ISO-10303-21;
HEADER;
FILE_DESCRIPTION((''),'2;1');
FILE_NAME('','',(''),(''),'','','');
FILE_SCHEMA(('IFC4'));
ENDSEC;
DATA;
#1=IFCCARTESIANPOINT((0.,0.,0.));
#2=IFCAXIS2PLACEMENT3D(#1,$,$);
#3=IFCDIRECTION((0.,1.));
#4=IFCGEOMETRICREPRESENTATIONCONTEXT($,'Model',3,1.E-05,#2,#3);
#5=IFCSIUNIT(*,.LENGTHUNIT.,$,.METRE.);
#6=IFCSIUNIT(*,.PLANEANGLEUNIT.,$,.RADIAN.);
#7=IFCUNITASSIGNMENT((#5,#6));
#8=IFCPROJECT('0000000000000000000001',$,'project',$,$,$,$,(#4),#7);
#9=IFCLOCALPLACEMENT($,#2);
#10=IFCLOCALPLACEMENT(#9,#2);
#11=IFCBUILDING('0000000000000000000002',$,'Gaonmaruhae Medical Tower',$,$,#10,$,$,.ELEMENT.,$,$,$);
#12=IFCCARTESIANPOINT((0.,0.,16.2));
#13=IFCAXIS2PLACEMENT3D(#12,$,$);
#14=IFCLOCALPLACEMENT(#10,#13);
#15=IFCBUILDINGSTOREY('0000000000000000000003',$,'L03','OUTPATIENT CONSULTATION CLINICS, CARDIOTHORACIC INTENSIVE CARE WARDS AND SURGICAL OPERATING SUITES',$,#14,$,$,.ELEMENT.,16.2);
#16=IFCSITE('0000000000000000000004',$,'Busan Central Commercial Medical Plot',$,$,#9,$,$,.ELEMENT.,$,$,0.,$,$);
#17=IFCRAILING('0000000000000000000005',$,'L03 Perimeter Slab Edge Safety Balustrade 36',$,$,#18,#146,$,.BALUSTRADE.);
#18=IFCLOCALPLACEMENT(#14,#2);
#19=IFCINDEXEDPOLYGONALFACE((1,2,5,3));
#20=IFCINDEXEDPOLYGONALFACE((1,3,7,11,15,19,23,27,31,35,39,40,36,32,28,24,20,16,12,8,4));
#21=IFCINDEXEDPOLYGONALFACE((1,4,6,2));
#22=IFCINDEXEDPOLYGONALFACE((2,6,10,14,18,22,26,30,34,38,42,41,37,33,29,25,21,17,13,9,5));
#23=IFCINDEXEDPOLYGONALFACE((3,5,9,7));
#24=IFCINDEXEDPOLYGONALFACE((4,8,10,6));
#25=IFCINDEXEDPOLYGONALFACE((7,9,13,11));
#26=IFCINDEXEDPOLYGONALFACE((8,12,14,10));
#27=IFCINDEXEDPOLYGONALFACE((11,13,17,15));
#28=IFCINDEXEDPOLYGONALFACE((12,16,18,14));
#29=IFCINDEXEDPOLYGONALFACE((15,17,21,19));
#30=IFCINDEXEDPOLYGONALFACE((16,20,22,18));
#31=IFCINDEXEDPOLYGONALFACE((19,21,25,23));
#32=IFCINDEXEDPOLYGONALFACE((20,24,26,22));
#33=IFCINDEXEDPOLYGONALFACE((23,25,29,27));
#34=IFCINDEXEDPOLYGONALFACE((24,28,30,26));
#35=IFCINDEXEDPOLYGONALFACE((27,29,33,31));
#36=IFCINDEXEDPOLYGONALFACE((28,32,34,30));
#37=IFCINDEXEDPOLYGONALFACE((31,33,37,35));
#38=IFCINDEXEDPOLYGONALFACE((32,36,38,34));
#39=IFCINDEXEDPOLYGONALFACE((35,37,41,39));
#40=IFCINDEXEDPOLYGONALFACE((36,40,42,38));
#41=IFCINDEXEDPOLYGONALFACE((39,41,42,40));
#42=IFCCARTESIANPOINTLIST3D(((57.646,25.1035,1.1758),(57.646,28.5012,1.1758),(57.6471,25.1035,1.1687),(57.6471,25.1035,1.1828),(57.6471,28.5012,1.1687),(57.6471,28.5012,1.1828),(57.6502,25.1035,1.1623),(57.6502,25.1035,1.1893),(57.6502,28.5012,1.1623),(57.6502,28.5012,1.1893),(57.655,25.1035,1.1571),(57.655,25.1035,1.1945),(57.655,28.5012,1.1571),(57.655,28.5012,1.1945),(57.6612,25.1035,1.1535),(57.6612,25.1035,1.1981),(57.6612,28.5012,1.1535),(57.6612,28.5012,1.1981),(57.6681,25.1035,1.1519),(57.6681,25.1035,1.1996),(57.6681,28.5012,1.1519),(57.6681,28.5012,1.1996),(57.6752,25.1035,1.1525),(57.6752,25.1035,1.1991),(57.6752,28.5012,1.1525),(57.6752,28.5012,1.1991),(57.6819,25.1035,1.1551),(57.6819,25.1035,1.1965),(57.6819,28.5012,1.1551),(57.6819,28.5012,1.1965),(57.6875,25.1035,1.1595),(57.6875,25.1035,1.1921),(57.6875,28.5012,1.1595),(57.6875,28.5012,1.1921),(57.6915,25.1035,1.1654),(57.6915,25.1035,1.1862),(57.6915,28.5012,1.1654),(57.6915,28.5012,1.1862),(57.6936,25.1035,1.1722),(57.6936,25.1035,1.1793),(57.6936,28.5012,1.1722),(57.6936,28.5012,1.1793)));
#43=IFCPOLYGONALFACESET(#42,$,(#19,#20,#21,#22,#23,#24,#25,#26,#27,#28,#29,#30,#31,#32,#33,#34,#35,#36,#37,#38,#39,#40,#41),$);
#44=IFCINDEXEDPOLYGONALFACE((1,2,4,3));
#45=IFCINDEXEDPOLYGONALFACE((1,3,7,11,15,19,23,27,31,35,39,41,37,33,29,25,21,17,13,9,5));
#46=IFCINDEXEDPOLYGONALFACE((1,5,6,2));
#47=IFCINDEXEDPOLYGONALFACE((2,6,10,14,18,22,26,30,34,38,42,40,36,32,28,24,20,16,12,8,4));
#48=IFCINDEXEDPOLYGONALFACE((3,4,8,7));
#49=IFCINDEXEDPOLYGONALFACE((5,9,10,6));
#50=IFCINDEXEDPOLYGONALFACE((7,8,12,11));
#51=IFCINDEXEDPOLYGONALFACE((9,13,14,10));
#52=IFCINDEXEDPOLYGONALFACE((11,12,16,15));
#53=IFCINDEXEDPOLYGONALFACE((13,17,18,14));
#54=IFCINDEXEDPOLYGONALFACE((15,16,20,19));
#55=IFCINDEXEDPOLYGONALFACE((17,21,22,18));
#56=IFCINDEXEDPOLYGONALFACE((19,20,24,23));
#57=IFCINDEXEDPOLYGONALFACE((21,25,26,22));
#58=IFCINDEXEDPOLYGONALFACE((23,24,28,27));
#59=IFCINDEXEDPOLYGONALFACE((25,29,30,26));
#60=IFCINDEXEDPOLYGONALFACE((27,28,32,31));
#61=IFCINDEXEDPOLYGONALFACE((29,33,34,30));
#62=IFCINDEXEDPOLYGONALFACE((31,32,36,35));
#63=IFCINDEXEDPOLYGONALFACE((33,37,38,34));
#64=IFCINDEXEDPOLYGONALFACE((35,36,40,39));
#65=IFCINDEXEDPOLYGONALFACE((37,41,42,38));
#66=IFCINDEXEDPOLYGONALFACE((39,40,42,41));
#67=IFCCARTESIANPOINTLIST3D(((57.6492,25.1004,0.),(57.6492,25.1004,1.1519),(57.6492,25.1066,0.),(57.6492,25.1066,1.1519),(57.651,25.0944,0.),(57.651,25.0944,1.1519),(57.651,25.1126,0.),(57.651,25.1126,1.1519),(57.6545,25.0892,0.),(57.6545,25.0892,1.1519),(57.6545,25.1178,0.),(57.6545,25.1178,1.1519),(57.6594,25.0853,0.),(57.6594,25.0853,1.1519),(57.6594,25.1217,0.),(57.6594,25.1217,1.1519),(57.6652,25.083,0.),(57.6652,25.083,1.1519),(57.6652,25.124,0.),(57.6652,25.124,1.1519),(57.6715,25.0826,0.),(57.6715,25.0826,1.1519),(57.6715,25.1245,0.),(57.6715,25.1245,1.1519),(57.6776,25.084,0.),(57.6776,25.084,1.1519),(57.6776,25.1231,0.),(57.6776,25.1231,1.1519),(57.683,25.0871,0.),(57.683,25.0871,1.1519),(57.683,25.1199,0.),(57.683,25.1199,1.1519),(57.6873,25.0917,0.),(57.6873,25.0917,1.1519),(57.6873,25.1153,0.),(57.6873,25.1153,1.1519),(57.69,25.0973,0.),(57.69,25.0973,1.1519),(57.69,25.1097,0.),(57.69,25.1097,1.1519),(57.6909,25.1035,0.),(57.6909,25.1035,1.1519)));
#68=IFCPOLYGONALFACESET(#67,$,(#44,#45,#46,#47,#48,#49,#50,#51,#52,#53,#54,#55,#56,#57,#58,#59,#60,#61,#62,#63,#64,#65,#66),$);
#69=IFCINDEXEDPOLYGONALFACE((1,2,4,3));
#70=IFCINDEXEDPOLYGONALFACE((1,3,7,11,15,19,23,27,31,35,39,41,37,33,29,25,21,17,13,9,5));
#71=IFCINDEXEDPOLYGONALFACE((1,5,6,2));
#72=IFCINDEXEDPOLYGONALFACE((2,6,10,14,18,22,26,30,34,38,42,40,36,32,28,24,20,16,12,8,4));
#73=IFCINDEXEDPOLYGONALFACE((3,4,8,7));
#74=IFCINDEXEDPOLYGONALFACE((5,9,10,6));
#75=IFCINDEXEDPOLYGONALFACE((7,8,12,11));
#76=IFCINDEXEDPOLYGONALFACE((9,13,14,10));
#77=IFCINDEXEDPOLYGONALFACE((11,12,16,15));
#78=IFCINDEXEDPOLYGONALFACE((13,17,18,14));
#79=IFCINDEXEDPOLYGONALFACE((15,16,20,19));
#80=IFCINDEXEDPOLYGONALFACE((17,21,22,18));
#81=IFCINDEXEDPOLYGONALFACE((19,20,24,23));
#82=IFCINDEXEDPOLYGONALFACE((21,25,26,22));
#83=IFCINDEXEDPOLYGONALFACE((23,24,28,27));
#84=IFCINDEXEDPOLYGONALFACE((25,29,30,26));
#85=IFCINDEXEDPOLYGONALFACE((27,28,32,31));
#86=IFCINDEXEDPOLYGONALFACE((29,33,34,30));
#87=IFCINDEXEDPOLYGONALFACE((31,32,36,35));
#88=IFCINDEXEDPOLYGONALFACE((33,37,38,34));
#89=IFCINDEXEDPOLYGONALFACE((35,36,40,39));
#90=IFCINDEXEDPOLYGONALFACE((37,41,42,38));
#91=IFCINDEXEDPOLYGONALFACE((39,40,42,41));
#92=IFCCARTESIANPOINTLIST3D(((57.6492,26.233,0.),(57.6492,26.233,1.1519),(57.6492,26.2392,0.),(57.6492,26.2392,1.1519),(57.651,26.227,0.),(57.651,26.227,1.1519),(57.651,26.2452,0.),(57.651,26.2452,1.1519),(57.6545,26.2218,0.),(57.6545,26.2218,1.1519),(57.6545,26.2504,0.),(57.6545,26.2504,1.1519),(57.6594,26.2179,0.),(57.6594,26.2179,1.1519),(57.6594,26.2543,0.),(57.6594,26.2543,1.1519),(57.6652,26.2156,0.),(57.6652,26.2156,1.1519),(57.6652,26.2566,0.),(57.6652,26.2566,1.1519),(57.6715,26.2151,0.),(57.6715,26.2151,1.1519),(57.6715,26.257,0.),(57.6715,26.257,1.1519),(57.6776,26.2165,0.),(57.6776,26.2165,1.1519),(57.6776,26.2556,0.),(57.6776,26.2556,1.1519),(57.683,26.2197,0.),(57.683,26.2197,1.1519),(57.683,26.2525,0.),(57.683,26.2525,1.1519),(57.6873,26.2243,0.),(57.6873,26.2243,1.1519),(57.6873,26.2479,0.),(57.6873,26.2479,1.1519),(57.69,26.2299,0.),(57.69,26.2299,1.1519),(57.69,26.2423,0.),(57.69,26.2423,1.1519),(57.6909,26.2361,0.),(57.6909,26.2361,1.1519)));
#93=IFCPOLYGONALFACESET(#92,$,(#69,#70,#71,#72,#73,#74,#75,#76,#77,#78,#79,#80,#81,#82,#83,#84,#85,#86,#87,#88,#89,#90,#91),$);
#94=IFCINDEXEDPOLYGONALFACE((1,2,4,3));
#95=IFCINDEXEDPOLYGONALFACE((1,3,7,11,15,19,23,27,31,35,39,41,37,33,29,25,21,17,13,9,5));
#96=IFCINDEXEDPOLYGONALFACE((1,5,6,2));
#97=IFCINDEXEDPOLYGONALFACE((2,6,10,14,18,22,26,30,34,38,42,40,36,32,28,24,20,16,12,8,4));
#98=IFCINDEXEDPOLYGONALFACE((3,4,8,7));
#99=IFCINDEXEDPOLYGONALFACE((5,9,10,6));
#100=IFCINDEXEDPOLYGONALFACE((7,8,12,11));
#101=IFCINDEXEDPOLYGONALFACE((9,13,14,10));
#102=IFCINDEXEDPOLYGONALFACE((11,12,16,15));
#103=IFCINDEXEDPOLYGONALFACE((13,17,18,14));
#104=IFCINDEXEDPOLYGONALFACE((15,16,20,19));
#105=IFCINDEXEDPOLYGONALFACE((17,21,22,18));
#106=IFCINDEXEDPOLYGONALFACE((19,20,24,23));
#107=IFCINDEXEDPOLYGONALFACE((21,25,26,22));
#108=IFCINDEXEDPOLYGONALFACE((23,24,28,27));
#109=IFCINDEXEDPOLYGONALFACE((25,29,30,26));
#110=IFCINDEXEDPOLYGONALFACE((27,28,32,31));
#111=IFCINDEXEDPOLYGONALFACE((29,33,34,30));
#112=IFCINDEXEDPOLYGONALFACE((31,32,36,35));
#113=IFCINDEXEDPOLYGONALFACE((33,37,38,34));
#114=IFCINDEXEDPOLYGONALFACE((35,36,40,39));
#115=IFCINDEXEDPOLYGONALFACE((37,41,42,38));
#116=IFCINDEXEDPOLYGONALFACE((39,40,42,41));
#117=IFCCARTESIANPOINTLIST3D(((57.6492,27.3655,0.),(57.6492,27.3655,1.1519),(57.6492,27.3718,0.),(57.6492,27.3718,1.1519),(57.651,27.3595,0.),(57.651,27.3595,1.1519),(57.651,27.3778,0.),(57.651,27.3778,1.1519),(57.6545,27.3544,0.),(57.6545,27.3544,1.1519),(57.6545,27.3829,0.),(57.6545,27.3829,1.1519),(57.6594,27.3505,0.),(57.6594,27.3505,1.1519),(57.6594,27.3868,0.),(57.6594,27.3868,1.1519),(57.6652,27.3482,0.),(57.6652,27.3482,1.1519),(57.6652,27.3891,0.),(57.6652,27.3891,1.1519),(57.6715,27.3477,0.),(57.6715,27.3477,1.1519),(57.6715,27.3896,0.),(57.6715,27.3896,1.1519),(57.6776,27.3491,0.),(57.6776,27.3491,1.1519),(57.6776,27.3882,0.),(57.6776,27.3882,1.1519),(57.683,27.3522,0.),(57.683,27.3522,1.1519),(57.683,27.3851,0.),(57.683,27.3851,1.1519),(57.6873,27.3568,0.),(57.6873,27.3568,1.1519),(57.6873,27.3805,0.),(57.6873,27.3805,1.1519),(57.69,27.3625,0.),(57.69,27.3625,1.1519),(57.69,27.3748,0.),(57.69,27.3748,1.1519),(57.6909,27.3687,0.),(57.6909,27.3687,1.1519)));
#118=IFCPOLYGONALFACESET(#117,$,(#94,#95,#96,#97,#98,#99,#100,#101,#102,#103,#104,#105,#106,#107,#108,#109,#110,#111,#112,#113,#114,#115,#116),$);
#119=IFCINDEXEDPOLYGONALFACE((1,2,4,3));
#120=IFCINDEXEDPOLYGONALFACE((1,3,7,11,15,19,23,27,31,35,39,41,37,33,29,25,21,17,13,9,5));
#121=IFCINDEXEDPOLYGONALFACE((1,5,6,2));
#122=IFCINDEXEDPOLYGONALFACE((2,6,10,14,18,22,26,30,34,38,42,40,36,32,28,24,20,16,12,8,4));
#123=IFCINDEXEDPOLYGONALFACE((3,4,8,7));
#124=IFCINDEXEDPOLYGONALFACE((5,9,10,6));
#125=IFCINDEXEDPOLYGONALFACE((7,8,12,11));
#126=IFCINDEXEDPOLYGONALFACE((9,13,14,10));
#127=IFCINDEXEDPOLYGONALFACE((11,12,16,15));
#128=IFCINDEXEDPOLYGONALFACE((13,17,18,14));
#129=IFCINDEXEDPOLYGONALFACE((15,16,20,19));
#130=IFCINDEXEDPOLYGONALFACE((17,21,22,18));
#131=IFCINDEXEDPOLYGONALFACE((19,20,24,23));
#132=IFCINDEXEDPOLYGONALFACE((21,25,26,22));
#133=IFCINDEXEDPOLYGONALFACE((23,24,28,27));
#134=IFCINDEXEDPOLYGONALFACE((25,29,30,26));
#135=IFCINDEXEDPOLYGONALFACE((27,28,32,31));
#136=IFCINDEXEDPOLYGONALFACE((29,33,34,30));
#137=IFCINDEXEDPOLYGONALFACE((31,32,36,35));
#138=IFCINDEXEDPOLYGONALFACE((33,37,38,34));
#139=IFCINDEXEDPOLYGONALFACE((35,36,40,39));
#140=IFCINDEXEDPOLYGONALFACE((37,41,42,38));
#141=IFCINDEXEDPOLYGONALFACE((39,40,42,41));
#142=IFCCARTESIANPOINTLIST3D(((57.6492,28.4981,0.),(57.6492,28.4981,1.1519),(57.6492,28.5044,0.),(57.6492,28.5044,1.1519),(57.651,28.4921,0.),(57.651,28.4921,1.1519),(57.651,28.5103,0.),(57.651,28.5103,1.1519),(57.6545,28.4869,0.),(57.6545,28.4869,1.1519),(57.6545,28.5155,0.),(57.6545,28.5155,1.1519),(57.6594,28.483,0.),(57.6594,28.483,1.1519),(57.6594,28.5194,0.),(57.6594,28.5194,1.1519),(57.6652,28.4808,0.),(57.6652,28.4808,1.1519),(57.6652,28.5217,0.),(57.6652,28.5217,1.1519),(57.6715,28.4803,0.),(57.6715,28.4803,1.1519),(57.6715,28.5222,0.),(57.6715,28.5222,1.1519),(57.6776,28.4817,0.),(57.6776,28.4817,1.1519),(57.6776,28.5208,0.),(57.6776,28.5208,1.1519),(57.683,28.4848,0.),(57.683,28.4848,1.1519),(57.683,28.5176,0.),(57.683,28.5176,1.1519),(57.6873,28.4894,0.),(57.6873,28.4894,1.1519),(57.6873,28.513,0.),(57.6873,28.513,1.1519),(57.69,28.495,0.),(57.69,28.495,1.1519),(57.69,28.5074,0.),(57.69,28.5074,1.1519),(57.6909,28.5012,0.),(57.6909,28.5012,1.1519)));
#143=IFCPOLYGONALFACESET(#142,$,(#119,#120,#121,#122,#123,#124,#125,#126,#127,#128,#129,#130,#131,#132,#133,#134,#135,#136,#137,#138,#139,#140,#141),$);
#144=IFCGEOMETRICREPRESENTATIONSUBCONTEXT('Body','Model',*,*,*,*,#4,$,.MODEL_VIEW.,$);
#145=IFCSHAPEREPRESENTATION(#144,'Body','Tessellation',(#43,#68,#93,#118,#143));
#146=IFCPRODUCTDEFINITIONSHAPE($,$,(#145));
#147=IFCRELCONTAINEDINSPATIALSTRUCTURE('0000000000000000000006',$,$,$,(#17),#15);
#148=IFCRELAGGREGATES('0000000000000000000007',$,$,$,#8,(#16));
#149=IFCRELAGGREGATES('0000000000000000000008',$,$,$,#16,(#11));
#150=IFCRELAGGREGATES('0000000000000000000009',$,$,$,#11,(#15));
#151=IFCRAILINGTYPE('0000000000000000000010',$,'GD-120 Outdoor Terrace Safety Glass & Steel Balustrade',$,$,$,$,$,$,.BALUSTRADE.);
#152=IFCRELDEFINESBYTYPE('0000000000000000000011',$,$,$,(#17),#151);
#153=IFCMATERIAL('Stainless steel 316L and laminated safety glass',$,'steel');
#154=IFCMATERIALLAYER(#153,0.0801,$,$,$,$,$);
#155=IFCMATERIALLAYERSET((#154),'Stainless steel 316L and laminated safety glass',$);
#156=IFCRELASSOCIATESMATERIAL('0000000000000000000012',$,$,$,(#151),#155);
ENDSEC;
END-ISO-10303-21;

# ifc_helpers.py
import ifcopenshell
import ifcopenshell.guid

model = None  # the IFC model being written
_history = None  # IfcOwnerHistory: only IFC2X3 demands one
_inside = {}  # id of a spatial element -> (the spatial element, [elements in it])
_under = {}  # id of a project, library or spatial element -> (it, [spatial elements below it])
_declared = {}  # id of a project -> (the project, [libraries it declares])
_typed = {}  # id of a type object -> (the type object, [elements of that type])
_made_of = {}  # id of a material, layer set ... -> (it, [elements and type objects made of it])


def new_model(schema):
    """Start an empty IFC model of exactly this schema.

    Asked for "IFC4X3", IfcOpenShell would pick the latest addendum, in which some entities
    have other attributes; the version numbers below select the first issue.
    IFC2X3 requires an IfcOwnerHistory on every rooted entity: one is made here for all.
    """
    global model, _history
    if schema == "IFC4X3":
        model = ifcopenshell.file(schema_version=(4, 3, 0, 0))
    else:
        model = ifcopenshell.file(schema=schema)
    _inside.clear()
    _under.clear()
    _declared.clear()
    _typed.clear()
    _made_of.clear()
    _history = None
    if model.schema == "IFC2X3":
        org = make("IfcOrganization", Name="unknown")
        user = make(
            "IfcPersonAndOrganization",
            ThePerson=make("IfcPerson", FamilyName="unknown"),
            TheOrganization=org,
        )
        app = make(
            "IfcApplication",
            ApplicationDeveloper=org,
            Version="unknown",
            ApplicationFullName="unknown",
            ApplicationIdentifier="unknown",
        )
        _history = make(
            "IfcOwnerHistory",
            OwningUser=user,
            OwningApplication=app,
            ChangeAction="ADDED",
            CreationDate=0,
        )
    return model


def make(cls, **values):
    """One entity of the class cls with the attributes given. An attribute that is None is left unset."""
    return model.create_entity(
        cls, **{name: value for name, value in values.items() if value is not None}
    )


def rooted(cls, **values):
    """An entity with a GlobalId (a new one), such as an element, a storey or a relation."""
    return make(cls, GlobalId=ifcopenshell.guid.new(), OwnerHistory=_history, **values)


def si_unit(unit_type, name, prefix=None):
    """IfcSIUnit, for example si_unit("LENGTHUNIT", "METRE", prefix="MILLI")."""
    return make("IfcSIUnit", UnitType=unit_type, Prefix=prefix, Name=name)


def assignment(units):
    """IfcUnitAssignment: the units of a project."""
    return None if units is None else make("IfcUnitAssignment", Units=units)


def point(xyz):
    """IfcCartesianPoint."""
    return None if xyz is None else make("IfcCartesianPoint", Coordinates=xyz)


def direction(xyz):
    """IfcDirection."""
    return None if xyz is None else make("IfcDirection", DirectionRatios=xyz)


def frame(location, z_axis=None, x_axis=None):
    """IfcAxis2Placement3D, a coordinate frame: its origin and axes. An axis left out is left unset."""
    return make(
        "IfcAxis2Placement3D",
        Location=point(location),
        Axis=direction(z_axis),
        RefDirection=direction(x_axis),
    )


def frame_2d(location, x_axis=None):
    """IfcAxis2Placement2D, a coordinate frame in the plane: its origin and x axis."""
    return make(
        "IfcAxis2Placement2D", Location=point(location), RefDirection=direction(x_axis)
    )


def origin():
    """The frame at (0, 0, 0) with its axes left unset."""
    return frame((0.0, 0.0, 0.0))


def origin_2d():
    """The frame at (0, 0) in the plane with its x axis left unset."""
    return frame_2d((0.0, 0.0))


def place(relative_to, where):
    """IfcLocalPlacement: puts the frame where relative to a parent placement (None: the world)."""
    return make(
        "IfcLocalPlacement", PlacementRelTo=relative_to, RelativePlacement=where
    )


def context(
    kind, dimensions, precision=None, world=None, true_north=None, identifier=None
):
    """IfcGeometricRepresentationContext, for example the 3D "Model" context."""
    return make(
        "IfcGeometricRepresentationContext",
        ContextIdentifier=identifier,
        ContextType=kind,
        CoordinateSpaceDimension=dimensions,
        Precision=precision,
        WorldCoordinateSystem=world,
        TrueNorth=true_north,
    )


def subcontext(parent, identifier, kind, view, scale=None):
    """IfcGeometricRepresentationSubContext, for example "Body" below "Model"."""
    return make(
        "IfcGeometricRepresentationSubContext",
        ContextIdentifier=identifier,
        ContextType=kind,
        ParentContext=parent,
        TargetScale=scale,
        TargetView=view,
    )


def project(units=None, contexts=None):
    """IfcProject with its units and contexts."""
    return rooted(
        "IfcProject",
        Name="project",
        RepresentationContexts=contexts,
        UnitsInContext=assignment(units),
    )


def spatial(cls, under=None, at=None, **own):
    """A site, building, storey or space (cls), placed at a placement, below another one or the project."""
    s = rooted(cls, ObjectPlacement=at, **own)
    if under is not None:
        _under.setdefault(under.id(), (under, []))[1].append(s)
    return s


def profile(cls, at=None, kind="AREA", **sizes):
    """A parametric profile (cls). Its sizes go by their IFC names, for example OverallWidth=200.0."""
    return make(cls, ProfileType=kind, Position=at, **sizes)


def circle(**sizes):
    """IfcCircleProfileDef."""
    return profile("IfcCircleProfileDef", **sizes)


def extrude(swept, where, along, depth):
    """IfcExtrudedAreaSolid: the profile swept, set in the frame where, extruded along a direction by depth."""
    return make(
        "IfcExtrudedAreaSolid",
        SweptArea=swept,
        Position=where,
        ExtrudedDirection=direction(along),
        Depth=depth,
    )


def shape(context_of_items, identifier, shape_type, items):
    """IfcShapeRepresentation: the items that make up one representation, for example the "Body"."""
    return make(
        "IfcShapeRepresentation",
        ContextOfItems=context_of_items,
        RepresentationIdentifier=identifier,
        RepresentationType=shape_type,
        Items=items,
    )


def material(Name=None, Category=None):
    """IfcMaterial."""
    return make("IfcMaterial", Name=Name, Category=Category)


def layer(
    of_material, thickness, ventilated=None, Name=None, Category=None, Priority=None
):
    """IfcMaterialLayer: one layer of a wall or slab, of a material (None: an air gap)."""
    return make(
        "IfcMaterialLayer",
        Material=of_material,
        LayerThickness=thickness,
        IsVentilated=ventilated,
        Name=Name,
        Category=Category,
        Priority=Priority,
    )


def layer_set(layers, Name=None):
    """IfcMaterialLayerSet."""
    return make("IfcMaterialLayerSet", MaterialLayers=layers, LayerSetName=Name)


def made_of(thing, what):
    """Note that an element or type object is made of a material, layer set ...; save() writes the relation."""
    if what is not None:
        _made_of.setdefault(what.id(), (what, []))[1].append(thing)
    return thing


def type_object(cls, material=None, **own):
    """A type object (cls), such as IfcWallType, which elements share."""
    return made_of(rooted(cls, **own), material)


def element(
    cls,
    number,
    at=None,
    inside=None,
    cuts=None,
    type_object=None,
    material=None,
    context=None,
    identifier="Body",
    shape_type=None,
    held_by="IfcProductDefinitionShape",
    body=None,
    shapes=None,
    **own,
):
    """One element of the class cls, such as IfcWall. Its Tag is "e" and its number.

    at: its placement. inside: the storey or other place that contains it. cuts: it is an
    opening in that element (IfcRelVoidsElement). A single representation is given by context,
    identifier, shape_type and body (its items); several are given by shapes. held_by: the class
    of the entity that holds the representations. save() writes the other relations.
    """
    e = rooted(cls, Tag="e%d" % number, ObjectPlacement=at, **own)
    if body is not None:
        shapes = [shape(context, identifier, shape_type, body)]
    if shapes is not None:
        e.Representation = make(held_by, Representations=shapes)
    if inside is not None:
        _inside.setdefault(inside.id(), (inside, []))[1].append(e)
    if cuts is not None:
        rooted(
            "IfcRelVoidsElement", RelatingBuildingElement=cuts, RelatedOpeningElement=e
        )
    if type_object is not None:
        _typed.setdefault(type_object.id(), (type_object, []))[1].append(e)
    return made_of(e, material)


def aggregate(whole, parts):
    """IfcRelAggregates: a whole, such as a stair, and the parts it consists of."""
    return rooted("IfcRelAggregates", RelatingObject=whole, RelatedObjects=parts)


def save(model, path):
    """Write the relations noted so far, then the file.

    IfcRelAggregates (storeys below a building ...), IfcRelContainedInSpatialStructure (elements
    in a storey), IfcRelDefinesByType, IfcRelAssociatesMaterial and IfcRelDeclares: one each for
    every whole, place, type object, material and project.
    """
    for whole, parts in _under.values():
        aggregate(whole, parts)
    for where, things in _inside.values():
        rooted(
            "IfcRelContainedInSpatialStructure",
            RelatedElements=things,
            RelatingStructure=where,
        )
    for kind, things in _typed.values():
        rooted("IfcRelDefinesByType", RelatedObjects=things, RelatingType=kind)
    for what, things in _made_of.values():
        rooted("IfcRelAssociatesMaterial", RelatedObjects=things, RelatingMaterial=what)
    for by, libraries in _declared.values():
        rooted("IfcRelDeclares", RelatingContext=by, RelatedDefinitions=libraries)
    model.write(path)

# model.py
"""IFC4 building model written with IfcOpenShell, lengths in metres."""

from ifc_helpers import new_model, si_unit, direction, frame, origin, origin_2d, place, context, subcontext, project, spatial, circle, extrude, material, layer, layer_set, type_object, element, save


model = new_model("IFC4")

# Units and contexts
model_context = context("Model", 3, precision=1e-05, world=origin(), true_north=direction((0.0, 1.0)))
body_context = subcontext(model_context, "Body", "Model", "MODEL_VIEW")
ifc_project = project(units=[si_unit("LENGTHUNIT", "METRE"), si_unit("PLANEANGLEUNIT", "RADIAN")], contexts=[model_context])

# Site, building, storey
site_placement = place(None, origin())
site = spatial("IfcSite", under=ifc_project, at=site_placement, Name="Busan Central Commercial Medical Plot", CompositionType="ELEMENT", RefElevation=0.0)
building_placement = place(site_placement, origin())
building = spatial("IfcBuilding", under=site, at=building_placement, Name="Gaonmaruhae Medical Tower", CompositionType="ELEMENT")
storey_placement = place(building_placement, frame((0.0, 0.0, 16.2)))
storey = spatial("IfcBuildingStorey", under=building, at=storey_placement, Name="L03", Description="OUTPATIENT CONSULTATION CLINICS, CARDIOTHORACIC INTENSIVE CARE WARDS AND SURGICAL OPERATING SUITES", CompositionType="ELEMENT", Elevation=16.2)

# Railing
ifc_material_1 = material(Name="Stainless steel 316L and laminated safety glass", Category="steel")
ifc_layer_1 = layer(ifc_material_1, 0.0801)
ifc_layer_set_1 = layer_set([ifc_layer_1], Name="Stainless steel 316L and laminated safety glass")
railing_type_1 = type_object("IfcRailingType", Name="GD-120 Outdoor Terrace Safety Glass & Steel Balustrade", PredefinedType="BALUSTRADE", material=ifc_layer_set_1)
railing_1_placement = place(storey_placement, frame((57.6699, 25.1035, 0.0)))
element("IfcRailing", 1, at=railing_1_placement, inside=storey, type_object=railing_type_1, Name="L03 Perimeter Slab Edge Safety Balustrade 36", PredefinedType="BALUSTRADE", context=body_context, shape_type="SweptSolid", body=[
    extrude(circle(Radius=0.0239, at=origin_2d()), frame((0.0, 0.0, 1.1758), z_axis=(0.0, 1.0, 0.0), x_axis=(-1.0, 0.0, 0.0)), (0.0, 0.0, 1.0), 3.3977),
    extrude(circle(Radius=0.021, at=origin_2d()), origin(), (0.0, 0.0, 1.0), 1.1519),
    extrude(circle(Radius=0.021, at=origin_2d()), frame((0.0, 1.1326, 0.0)), (0.0, 0.0, 1.0), 1.1519),
    extrude(circle(Radius=0.021, at=origin_2d()), frame((0.0, 2.2651, 0.0)), (0.0, 0.0, 1.0), 1.1519),
    extrude(circle(Radius=0.021, at=origin_2d()), frame((0.0, 3.3977, 0.0)), (0.0, 0.0, 1.0), 1.1519),
])

save(model, "model.ifc")
